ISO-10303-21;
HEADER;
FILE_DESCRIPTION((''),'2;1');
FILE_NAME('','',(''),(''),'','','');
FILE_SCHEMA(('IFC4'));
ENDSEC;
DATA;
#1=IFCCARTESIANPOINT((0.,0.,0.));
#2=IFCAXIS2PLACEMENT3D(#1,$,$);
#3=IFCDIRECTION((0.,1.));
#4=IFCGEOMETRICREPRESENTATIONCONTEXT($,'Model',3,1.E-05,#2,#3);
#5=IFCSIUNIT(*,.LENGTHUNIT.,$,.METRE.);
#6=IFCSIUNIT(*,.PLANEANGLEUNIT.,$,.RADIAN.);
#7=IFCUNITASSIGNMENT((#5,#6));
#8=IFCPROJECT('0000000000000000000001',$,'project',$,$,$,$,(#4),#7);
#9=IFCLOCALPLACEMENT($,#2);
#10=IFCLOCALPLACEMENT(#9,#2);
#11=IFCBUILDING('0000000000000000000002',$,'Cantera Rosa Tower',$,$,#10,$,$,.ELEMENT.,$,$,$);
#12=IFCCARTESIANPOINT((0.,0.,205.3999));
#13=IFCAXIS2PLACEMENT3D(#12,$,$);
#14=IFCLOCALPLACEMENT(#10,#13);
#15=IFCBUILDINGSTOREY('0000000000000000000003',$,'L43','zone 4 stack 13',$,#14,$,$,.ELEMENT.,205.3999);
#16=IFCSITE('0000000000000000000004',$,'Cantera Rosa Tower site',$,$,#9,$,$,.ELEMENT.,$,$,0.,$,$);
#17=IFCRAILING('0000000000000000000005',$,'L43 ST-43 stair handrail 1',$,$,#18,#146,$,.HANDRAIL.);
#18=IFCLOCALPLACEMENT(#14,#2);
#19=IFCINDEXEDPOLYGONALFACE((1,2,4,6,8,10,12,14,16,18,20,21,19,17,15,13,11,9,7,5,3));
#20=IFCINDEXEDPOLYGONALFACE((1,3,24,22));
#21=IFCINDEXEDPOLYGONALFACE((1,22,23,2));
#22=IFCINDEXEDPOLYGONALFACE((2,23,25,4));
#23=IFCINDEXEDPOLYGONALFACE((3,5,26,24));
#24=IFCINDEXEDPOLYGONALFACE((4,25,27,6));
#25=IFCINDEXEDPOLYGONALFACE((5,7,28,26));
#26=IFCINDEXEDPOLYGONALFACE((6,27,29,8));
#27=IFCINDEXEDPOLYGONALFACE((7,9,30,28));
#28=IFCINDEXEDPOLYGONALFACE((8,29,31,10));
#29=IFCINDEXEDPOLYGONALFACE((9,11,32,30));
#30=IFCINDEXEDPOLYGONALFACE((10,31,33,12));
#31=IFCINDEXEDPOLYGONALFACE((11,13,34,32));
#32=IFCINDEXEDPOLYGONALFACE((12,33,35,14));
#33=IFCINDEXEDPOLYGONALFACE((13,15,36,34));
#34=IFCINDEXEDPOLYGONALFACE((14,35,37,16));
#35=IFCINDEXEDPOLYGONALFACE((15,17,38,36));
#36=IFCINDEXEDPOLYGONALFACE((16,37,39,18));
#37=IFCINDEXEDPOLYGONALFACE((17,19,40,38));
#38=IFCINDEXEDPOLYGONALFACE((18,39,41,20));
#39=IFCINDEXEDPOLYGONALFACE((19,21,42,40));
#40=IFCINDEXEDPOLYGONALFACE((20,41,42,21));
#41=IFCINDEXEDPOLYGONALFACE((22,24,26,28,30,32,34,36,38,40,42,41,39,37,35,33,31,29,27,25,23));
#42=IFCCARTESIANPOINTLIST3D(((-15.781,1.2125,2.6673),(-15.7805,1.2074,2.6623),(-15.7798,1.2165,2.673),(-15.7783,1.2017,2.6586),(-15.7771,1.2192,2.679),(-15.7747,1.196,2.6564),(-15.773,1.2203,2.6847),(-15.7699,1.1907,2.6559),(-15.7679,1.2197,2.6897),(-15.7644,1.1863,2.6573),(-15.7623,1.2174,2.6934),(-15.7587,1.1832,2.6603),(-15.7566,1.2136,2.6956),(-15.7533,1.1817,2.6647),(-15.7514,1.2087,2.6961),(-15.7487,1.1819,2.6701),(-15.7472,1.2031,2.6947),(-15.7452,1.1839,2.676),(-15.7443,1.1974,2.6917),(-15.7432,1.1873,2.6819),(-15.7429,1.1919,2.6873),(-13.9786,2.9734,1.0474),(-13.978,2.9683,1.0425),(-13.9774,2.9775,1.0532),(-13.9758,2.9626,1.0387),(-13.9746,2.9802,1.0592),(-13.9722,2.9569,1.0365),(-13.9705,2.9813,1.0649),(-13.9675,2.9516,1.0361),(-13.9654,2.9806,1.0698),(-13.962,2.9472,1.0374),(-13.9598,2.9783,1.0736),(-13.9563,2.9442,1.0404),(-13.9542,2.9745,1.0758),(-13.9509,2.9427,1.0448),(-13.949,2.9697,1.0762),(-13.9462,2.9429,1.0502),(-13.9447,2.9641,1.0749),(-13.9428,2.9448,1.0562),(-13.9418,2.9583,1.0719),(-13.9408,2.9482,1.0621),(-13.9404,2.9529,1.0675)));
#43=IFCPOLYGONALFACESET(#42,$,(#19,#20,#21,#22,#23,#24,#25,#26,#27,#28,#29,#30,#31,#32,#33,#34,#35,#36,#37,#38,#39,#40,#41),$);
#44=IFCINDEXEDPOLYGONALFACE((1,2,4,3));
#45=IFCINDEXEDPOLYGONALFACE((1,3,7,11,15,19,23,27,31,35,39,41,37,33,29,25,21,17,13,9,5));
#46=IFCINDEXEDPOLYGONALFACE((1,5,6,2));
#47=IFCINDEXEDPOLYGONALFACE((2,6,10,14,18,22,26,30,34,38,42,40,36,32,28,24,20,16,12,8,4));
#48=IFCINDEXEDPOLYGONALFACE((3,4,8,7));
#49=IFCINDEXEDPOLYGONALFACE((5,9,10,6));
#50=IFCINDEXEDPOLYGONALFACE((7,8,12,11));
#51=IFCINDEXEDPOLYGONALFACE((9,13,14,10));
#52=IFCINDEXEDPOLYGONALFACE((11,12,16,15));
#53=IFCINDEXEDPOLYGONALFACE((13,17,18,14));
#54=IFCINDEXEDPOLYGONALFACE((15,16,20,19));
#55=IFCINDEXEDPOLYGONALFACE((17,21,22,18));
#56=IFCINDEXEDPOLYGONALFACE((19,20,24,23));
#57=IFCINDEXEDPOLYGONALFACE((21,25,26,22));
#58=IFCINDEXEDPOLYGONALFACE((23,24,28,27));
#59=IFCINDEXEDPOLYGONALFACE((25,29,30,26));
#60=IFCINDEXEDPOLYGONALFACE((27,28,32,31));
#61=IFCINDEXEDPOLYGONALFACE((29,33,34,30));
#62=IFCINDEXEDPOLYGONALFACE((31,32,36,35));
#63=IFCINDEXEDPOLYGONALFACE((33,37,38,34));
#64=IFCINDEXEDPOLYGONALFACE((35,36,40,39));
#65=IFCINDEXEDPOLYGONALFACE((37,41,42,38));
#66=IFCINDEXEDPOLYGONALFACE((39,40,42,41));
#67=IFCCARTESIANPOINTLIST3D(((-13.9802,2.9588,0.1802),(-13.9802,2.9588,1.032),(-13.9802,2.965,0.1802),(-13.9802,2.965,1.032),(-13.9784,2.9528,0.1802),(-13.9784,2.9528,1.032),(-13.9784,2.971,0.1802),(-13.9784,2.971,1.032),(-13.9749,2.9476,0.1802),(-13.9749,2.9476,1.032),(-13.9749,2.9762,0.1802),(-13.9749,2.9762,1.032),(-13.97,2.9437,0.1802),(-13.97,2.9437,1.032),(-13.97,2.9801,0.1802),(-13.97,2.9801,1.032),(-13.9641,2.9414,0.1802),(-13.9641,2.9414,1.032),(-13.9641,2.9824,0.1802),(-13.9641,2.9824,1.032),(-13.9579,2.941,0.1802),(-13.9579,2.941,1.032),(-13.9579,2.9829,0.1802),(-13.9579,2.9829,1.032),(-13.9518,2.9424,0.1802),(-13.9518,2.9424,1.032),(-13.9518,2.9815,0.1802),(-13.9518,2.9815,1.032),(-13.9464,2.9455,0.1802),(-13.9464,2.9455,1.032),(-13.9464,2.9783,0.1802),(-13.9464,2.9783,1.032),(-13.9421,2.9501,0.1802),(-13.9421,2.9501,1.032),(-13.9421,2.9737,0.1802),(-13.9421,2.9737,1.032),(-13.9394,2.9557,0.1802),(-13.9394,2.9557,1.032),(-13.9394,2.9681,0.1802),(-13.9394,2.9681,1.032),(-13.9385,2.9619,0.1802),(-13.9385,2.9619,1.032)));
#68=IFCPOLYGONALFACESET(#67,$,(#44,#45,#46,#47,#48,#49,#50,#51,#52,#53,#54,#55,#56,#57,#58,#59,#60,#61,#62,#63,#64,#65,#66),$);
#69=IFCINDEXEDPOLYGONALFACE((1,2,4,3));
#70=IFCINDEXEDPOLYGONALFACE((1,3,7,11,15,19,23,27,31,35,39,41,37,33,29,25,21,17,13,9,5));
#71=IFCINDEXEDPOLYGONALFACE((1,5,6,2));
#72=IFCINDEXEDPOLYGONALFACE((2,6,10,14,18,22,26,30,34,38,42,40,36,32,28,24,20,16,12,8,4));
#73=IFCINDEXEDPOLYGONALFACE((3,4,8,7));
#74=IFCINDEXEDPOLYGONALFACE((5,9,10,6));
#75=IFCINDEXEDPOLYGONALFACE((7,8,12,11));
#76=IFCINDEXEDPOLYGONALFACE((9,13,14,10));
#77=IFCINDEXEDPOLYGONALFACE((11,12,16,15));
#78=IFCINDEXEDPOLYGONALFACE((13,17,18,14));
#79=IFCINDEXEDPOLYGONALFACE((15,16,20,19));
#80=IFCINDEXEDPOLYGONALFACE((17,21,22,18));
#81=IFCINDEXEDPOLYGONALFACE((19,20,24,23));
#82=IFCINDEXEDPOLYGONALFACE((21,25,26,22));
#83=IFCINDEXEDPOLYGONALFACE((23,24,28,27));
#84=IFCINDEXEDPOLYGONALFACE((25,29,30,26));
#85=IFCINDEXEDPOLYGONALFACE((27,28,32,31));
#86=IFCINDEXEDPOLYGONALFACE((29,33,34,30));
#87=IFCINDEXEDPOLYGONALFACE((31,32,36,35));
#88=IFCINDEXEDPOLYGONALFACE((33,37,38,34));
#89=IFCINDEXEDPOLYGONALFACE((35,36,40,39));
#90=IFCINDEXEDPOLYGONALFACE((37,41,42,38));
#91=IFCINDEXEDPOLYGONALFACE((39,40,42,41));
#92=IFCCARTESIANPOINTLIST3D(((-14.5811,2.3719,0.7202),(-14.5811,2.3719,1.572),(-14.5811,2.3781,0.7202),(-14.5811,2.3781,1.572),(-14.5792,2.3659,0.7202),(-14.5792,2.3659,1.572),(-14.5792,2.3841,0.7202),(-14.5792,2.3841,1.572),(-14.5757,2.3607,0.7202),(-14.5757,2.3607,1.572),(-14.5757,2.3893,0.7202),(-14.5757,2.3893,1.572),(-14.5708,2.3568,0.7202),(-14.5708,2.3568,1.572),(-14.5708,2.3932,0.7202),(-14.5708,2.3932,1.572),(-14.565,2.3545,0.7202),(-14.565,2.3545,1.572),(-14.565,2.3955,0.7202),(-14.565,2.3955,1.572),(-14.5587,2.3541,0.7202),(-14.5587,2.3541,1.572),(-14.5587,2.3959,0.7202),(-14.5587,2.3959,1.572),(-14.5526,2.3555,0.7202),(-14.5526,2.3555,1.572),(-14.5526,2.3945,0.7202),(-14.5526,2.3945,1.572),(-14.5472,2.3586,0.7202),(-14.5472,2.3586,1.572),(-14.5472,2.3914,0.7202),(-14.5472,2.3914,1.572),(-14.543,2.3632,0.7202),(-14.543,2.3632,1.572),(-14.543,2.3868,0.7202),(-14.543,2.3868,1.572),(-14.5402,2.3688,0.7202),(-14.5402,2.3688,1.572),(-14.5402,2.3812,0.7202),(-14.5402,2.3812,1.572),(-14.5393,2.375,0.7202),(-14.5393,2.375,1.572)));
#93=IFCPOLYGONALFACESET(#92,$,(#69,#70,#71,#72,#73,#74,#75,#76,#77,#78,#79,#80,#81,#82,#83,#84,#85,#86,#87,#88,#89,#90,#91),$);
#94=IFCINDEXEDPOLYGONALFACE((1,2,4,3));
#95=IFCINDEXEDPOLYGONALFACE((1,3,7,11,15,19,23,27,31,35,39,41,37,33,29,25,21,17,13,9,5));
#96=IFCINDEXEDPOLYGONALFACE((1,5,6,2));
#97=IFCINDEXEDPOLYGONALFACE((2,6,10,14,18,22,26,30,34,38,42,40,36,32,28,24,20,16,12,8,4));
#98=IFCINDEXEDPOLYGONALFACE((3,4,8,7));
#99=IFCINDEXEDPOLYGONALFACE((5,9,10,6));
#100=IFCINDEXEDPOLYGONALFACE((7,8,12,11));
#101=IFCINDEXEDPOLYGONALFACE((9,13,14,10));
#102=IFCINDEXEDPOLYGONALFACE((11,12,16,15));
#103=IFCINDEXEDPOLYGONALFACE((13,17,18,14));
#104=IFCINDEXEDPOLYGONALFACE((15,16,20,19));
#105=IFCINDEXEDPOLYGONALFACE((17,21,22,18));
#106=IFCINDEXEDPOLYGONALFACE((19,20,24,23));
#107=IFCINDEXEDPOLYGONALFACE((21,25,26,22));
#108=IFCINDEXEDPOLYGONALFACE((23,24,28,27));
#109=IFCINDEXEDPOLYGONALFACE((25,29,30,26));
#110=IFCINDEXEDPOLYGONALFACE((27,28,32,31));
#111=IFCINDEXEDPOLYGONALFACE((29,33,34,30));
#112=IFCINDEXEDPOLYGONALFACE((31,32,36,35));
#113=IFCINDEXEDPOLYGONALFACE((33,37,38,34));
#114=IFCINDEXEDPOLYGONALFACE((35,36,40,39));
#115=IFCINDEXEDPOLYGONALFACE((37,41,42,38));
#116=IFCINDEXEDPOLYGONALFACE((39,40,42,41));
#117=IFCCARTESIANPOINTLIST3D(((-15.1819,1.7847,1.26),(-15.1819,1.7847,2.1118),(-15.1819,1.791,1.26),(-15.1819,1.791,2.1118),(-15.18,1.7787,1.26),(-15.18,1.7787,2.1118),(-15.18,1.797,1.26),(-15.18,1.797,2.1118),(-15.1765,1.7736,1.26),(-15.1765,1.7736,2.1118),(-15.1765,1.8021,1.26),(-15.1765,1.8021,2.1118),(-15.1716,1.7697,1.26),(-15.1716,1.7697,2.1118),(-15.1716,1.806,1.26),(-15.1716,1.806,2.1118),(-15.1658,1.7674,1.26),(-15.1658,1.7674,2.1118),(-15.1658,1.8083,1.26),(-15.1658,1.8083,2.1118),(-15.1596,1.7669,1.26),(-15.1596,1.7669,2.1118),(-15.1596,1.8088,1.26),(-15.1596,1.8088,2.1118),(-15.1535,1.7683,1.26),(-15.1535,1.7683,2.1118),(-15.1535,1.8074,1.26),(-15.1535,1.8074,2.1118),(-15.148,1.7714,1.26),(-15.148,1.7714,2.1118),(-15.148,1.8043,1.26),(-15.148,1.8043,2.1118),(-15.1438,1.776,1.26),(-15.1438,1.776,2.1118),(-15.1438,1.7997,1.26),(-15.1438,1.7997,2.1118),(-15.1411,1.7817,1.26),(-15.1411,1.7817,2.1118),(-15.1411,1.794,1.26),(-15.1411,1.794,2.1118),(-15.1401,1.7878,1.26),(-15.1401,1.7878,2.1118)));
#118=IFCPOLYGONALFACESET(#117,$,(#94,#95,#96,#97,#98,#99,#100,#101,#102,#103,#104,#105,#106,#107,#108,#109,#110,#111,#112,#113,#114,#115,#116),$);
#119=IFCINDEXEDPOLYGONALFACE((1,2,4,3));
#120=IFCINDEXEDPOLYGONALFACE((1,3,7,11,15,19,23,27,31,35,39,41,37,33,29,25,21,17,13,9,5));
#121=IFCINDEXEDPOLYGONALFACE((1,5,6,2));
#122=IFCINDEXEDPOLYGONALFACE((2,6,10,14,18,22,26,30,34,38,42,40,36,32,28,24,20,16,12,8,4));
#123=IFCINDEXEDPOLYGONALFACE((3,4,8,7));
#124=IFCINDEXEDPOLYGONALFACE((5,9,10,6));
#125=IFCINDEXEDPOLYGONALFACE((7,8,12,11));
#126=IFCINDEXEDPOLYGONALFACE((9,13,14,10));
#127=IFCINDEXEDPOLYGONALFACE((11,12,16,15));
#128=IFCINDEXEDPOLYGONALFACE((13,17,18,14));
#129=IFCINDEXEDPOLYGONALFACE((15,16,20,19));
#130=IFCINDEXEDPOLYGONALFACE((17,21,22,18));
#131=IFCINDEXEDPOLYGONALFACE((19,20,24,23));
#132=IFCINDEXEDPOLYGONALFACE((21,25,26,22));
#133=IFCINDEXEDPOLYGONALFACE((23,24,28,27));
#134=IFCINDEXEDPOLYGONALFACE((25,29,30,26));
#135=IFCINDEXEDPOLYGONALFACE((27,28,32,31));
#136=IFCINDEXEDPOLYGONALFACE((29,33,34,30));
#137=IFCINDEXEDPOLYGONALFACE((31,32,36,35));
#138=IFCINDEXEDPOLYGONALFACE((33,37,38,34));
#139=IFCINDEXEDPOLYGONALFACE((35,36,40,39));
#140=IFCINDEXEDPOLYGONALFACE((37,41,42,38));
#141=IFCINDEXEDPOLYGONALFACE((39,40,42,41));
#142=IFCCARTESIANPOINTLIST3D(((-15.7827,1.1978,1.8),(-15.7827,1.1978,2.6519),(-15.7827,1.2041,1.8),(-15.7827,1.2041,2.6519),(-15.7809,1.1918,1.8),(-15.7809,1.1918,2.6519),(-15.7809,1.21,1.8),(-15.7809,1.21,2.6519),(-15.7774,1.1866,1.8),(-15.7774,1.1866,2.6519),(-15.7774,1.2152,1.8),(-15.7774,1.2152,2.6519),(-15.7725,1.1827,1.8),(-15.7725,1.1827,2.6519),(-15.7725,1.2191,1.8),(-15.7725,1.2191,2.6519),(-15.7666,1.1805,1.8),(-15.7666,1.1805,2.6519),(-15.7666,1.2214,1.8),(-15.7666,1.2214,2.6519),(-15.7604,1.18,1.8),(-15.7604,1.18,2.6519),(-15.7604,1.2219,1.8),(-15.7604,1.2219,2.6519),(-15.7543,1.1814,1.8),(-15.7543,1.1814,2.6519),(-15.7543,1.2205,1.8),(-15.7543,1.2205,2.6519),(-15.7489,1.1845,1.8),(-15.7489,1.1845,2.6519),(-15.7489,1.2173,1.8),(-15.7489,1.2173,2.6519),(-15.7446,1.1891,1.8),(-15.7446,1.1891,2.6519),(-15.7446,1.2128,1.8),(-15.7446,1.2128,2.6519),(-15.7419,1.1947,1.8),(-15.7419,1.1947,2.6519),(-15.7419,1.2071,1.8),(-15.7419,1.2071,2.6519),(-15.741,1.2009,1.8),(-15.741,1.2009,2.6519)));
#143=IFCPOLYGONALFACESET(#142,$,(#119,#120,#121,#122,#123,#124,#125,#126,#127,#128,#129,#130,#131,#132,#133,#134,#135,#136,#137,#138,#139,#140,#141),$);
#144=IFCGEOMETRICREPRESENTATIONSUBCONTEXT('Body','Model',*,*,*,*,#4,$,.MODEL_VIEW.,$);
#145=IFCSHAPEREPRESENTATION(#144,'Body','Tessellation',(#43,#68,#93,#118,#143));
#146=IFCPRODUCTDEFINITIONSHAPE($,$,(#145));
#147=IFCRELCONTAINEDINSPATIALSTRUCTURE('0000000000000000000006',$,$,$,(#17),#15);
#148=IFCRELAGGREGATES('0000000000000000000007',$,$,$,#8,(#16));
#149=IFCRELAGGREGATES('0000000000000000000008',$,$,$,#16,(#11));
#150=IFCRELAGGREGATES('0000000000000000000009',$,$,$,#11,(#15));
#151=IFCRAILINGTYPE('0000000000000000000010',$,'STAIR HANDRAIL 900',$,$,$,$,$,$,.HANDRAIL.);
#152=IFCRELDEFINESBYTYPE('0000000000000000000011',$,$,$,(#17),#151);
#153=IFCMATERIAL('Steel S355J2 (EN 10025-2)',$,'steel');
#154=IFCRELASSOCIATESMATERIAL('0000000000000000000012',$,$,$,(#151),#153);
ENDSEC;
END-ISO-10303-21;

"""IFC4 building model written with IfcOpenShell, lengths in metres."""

from ifc_helpers import new_model, si_unit, direction, frame, origin, origin_2d, place, context, subcontext, project, spatial, circle, extrude, material, type_object, element, save


model = new_model("IFC4")

# Units and contexts
model_context = context("Model", 3, precision=1e-05, world=origin(), true_north=direction((0.0, 1.0)))
body_context = subcontext(model_context, "Body", "Model", "MODEL_VIEW")
ifc_project = project(units=[si_unit("LENGTHUNIT", "METRE"), si_unit("PLANEANGLEUNIT", "RADIAN")], contexts=[model_context])

# Site, building, storey
site_placement = place(None, origin())
site = spatial("IfcSite", under=ifc_project, at=site_placement, Name="Cantera Rosa Tower site", CompositionType="ELEMENT", RefElevation=0.0)
building_placement = place(site_placement, origin())
building = spatial("IfcBuilding", under=site, at=building_placement, Name="Cantera Rosa Tower", CompositionType="ELEMENT")
storey_placement = place(building_placement, frame((0.0, 0.0, 205.3999)))
storey = spatial("IfcBuildingStorey", under=building, at=storey_placement, Name="L43", Description="zone 4 stack 13", CompositionType="ELEMENT", Elevation=205.3999)

# Railing
ifc_material_1 = material(Name="Steel S355J2 (EN 10025-2)", Category="steel")
railing_type_1 = type_object("IfcRailingType", Name="STAIR HANDRAIL 900", PredefinedType="HANDRAIL", material=ifc_material_1)
railing_1_placement = place(storey_placement, frame((-13.9595, 2.9619, 0.1802)))
element("IfcRailing", 1, at=railing_1_placement, inside=storey, type_object=railing_type_1, Name="L43 ST-43 stair handrail 1", PredefinedType="HANDRAIL", context=body_context, shape_type="SweptSolid", body=[
    extrude(circle(Radius=0.0239, at=origin_2d()), frame((0.0, 0.0, 0.876), z_axis=(-0.601699, -0.587844, 0.540738), x_axis=(0.698824, -0.715294, 0.0)), (0.0, 0.0, 1.0), 2.9956),
    extrude(circle(Radius=0.021, at=origin_2d()), origin(), (0.0, 0.0, 1.0), 0.8518),
    extrude(circle(Radius=0.021, at=origin_2d()), frame((-0.6008, -0.5869, 0.54)), (0.0, 0.0, 1.0), 0.8518),
    extrude(circle(Radius=0.021, at=origin_2d()), frame((-1.2017, -1.1741, 1.0798)), (0.0, 0.0, 1.0), 0.8518),
    extrude(circle(Radius=0.021, at=origin_2d()), frame((-1.8025, -1.761, 1.6199)), (0.0, 0.0, 1.0), 0.8518),
])

save(model, "model.ifc")
